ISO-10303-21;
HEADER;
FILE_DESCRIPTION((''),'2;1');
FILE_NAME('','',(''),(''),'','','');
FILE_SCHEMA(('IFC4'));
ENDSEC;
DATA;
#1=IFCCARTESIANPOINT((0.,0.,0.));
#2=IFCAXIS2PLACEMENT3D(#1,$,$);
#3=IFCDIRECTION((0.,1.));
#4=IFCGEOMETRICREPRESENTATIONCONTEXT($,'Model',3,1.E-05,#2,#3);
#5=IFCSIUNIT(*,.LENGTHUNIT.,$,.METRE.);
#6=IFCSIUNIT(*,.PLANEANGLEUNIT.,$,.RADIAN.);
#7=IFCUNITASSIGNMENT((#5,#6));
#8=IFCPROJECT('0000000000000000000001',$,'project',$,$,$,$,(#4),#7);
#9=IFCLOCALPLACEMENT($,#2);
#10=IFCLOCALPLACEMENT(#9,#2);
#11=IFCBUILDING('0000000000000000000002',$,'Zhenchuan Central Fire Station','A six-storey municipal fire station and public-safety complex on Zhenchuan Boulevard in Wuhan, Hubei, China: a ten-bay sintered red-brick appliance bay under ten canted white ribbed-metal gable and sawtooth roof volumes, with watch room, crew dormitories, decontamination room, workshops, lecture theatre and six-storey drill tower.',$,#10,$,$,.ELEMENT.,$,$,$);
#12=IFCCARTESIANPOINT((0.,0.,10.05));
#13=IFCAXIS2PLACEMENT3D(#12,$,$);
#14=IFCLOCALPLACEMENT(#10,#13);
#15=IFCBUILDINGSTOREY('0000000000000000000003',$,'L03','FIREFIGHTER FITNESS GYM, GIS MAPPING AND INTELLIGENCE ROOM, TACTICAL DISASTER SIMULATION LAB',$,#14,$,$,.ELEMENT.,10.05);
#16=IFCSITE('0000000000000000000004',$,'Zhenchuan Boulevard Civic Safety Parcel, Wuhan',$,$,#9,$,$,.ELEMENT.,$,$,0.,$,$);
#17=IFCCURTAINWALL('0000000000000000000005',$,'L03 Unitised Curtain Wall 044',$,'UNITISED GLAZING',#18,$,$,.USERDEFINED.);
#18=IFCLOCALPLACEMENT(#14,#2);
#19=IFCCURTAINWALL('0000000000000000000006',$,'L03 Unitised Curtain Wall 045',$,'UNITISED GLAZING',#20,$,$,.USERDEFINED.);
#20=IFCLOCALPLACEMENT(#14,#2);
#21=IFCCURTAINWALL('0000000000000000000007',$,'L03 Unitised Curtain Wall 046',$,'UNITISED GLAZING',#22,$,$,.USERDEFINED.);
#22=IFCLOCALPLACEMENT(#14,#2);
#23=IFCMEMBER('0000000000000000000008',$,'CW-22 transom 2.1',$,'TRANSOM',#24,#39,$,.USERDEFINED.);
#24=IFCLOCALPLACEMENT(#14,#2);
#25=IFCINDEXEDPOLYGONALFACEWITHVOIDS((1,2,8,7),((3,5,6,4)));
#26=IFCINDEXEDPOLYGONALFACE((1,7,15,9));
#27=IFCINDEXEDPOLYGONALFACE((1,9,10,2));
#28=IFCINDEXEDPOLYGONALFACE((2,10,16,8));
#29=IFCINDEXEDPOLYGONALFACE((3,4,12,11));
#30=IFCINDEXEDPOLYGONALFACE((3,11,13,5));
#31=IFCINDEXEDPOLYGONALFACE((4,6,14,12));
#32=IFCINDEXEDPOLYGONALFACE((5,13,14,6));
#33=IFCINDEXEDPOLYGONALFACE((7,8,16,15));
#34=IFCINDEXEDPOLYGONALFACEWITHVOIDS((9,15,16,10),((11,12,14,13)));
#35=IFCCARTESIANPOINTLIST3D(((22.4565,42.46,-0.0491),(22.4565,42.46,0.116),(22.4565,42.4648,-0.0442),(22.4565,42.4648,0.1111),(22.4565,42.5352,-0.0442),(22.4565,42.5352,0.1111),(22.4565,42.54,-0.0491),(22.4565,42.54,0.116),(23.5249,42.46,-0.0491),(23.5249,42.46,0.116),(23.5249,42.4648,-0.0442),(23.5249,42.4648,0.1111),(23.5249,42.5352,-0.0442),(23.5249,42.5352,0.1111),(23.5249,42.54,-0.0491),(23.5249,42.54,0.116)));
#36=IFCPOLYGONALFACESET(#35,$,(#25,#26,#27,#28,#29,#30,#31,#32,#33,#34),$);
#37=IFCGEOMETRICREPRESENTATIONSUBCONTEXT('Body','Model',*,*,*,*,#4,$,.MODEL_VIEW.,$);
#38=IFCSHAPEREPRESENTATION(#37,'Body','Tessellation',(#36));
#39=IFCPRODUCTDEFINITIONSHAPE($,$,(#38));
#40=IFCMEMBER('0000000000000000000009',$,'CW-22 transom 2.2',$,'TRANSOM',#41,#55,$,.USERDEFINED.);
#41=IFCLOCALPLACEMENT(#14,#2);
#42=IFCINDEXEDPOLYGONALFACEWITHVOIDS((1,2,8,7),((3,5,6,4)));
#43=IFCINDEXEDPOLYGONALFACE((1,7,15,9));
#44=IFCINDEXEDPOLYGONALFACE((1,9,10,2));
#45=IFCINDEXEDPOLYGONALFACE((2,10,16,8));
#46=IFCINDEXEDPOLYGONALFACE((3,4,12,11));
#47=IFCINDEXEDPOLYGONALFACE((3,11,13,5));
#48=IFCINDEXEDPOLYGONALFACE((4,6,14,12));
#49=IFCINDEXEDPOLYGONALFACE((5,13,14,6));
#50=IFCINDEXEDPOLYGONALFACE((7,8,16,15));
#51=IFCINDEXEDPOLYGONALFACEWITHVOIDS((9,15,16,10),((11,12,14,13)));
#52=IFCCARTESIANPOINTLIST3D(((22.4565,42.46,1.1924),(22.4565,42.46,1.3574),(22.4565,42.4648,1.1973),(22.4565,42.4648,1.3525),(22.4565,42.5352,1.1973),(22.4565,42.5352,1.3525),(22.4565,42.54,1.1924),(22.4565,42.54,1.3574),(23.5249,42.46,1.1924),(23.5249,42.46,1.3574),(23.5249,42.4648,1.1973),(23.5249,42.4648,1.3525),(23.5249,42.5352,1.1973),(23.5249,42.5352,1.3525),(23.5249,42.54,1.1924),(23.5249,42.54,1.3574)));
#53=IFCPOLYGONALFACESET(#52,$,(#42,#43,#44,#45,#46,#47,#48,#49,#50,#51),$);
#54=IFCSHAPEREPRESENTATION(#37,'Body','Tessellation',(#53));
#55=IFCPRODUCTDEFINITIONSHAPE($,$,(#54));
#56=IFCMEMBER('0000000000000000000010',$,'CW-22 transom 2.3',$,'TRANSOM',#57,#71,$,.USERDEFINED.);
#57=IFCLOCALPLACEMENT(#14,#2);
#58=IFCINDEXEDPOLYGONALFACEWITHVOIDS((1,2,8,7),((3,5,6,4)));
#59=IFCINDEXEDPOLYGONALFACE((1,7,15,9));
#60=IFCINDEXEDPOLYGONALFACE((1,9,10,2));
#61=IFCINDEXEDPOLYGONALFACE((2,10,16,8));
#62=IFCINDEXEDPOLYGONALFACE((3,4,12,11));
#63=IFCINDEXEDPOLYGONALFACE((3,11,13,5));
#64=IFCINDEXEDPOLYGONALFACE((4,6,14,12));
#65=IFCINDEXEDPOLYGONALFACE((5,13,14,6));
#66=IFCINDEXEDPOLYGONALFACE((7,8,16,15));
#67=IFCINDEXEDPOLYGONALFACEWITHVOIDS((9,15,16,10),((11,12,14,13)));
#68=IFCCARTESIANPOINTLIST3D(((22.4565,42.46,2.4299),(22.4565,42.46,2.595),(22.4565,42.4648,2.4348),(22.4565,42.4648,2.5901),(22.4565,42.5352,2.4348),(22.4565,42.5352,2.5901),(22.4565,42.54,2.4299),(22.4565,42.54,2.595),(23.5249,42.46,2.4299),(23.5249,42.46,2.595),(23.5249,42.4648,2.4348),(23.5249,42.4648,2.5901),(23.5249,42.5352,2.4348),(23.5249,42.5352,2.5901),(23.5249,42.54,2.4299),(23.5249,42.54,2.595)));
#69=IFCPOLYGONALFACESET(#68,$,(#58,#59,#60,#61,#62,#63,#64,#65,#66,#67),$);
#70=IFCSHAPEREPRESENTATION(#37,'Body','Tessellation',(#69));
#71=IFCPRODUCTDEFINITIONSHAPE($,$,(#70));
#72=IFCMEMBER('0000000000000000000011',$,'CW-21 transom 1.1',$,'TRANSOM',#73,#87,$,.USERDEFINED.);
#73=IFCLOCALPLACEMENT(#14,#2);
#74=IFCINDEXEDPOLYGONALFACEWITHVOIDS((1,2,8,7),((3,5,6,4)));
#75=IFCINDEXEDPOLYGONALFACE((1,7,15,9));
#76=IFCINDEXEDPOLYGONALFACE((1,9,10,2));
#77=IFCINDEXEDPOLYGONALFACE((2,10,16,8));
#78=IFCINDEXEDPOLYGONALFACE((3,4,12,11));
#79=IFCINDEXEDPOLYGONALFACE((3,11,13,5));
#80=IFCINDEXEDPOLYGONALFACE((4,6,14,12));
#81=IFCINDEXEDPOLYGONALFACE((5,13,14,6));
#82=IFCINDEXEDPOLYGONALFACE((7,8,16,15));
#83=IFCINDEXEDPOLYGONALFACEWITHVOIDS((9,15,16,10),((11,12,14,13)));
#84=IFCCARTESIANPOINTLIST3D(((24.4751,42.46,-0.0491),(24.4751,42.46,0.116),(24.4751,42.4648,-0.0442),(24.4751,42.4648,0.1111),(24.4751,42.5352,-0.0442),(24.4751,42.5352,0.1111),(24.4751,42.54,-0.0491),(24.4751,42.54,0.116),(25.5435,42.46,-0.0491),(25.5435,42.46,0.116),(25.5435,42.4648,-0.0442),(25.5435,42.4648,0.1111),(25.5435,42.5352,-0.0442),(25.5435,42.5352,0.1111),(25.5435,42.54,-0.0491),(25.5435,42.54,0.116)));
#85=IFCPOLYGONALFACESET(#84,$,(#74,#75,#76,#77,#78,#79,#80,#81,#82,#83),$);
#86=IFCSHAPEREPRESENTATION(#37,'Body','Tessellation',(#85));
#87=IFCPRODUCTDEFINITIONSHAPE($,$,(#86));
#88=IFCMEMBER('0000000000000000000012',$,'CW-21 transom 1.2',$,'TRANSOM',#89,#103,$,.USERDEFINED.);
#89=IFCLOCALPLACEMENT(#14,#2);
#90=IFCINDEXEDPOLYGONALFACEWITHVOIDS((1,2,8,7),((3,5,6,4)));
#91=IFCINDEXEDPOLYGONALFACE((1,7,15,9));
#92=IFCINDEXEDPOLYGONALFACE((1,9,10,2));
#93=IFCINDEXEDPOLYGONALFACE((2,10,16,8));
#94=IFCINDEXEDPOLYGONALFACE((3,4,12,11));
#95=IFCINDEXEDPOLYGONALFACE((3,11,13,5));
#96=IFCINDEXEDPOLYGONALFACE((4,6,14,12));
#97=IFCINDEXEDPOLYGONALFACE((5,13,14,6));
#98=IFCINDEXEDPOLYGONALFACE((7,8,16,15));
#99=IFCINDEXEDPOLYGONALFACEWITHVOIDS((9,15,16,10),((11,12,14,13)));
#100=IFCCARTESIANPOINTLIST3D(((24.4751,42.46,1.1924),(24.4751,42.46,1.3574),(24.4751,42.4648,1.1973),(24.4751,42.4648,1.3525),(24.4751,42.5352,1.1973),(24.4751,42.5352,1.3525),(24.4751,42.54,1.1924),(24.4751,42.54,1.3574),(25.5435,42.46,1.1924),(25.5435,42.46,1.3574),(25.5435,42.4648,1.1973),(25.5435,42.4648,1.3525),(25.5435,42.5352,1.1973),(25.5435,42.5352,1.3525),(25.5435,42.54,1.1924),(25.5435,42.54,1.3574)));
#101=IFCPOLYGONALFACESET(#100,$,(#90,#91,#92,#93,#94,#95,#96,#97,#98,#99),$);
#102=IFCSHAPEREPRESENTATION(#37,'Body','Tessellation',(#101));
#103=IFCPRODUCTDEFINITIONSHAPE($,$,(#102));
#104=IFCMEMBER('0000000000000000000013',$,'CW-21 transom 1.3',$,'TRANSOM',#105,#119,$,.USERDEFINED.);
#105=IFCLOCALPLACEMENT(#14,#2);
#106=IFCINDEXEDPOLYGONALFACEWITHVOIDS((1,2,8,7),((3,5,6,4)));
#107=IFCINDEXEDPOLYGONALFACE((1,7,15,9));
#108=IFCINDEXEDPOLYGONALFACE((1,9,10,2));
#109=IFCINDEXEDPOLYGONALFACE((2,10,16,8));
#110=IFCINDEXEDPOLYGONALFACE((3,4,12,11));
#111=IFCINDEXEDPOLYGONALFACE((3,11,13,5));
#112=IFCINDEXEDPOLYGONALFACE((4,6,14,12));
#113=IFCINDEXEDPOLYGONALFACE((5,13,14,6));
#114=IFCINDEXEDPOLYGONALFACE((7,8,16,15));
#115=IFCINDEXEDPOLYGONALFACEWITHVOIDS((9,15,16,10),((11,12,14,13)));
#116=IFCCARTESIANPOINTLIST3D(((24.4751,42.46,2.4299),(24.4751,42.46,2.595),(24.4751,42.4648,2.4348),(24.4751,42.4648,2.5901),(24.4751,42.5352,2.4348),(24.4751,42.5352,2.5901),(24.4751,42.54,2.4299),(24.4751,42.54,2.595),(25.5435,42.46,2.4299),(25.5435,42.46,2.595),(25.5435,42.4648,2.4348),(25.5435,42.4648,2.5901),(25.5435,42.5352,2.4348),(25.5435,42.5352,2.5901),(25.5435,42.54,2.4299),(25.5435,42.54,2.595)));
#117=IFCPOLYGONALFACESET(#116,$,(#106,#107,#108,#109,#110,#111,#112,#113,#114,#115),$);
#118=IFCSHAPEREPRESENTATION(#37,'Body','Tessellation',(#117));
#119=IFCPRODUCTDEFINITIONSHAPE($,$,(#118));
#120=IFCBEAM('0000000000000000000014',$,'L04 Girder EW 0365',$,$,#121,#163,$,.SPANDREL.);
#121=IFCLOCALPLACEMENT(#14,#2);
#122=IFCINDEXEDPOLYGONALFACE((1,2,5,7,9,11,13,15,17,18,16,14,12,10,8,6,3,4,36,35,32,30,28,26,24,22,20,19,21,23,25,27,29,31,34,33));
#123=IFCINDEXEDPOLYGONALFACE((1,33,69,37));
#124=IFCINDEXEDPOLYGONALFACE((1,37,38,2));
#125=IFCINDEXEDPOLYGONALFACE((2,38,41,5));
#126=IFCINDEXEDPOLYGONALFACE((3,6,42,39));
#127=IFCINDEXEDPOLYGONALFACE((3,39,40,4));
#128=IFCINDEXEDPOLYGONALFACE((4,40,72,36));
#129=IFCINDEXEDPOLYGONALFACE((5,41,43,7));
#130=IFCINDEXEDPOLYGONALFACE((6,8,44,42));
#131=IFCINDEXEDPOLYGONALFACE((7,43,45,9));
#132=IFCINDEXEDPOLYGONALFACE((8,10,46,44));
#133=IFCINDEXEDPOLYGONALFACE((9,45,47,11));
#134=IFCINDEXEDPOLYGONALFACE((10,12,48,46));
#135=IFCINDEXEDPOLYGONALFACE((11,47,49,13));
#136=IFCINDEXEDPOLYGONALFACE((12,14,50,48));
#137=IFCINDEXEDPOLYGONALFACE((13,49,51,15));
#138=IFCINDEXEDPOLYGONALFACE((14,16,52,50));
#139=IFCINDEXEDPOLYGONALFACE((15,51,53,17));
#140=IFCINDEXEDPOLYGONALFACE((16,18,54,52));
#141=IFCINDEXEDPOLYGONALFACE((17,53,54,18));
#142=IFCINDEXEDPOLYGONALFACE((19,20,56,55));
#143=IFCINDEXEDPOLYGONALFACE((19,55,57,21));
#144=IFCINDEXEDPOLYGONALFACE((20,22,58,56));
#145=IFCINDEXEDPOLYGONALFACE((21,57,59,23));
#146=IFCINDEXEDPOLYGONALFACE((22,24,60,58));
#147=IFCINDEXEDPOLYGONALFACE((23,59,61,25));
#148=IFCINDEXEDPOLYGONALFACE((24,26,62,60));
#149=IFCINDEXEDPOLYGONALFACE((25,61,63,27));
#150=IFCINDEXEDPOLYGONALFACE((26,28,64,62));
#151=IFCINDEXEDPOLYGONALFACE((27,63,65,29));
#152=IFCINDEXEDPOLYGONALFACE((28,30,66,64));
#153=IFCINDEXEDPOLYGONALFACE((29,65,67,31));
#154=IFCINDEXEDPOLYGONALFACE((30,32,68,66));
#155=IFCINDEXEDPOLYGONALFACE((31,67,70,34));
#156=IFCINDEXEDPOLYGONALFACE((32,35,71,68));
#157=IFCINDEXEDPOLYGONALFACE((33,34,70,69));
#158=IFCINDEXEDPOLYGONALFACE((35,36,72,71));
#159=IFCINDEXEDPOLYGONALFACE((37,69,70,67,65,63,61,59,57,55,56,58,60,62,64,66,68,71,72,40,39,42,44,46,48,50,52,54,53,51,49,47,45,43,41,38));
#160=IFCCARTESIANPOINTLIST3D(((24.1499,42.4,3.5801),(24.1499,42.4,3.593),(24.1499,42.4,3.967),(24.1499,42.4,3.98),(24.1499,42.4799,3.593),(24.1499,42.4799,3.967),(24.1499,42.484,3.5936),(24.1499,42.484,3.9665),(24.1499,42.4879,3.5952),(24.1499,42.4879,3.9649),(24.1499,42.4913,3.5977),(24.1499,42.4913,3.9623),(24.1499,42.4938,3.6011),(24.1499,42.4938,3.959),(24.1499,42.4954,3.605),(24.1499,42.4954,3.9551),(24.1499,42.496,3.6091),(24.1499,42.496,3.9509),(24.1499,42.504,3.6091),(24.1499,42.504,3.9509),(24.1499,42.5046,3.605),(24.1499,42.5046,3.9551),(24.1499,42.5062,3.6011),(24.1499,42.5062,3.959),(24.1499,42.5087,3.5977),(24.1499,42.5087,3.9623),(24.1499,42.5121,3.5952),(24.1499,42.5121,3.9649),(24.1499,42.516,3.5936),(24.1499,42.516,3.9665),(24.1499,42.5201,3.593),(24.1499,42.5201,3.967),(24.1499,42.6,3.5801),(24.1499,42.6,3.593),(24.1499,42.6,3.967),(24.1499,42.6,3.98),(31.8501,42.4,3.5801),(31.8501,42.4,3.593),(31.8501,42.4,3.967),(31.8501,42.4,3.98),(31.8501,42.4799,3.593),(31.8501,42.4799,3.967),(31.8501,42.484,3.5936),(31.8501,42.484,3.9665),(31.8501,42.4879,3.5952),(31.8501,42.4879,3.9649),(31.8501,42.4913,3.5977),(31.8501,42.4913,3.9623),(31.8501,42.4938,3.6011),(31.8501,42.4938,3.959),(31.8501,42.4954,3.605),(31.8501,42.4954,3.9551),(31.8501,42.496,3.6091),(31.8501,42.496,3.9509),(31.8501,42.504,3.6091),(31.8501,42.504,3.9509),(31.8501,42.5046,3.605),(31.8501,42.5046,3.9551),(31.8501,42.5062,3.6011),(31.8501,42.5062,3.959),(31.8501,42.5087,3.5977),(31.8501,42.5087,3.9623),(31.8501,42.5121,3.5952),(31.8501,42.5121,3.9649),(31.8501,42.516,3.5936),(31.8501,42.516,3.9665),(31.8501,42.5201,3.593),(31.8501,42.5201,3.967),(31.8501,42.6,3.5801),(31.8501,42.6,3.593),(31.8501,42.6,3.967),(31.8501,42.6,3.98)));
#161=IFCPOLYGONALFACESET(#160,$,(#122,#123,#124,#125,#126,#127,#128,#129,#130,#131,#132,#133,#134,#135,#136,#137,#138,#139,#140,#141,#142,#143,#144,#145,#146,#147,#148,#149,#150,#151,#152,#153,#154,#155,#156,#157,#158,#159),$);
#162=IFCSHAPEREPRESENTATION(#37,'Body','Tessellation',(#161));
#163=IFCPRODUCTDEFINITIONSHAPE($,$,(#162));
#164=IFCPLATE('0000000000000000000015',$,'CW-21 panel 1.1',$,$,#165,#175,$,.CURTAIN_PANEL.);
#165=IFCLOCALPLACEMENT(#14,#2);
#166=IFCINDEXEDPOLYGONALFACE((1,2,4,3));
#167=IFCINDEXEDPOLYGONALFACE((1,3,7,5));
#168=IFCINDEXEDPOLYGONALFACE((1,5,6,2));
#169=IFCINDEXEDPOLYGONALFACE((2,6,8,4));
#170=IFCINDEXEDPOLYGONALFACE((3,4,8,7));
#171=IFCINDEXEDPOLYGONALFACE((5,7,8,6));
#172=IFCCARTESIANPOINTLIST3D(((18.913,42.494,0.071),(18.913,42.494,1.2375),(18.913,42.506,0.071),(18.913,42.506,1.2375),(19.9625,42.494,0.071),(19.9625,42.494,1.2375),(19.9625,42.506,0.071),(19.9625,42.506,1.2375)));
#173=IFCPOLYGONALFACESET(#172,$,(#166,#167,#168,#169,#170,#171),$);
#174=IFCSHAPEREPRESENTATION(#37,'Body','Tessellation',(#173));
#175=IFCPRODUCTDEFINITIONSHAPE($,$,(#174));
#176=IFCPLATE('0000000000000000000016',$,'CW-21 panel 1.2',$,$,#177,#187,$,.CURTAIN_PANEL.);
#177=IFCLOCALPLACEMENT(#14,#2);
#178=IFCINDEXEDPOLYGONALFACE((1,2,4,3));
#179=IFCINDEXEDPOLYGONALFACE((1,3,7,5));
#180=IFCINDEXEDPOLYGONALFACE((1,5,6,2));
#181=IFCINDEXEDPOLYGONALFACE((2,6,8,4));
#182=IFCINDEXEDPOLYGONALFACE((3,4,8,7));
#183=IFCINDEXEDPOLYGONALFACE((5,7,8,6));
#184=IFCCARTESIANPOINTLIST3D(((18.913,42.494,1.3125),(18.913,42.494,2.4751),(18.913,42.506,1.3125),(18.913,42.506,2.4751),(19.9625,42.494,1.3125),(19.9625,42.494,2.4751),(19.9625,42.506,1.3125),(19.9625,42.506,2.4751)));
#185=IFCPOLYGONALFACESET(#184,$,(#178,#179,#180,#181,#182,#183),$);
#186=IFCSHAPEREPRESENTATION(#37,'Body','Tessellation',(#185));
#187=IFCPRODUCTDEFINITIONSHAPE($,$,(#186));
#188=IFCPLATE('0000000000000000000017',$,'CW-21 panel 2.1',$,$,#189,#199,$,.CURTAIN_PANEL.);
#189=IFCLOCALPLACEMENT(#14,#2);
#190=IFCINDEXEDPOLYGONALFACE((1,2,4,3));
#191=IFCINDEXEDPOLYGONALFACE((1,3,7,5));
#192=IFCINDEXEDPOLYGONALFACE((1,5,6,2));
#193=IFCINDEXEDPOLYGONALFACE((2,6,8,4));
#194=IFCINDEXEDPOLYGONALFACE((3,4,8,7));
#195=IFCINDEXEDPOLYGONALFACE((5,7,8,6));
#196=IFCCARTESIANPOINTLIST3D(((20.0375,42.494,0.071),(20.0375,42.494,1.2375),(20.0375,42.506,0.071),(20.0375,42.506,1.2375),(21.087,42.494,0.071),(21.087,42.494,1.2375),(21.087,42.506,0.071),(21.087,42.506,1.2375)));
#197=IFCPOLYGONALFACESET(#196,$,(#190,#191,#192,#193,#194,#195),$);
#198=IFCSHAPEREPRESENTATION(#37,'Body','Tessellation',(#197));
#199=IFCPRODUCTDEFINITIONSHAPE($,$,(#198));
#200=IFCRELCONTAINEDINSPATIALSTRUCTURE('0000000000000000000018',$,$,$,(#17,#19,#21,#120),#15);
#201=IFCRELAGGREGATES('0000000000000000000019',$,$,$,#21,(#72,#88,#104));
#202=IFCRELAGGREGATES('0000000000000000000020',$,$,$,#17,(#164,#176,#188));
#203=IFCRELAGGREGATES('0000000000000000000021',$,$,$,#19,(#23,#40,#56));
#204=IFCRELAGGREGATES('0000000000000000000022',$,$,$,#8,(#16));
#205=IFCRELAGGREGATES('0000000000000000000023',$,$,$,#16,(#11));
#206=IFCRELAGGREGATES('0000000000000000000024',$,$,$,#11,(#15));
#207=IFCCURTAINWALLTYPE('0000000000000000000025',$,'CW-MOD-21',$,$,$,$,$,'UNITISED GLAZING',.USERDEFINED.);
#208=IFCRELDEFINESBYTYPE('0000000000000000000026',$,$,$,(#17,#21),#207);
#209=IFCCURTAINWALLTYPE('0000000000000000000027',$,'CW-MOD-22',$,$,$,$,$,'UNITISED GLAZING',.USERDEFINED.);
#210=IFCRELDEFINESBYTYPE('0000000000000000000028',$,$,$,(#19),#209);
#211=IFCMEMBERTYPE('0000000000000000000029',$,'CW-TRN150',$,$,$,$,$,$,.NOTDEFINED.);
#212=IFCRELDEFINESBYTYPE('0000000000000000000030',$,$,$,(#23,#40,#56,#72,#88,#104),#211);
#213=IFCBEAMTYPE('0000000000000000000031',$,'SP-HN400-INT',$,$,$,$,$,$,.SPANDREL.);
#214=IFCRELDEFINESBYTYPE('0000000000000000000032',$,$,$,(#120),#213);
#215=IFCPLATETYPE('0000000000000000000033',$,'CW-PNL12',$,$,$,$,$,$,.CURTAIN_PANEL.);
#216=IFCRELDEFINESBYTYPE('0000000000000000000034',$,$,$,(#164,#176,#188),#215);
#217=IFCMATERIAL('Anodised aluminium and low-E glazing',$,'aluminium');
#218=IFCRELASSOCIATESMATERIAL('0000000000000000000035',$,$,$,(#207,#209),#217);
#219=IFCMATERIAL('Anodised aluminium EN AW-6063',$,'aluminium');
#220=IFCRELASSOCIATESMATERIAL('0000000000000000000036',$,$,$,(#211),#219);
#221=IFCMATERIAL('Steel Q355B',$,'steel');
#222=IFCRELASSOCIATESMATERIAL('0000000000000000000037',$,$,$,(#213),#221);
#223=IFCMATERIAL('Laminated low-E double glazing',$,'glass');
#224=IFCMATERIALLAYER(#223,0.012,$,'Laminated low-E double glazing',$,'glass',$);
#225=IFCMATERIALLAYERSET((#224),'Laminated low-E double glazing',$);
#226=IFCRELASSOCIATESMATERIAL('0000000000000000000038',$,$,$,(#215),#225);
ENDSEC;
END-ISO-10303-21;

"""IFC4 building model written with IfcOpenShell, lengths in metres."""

from ifc_helpers import new_model, si_unit, direction, frame, origin, origin_2d, place, context, subcontext, project, spatial, rectangle, hollow_rectangle, i_section, extrude, material, layer, layer_set, material_profile, profile_set, type_object, element, aggregate, save


model = new_model("IFC4")

# Units and contexts
model_context = context("Model", 3, precision=1e-05, world=origin(), true_north=direction((0.0, 1.0)))
body_context = subcontext(model_context, "Body", "Model", "MODEL_VIEW")
ifc_project = project(units=[si_unit("LENGTHUNIT", "METRE"), si_unit("PLANEANGLEUNIT", "RADIAN")], contexts=[model_context])

# Site, building, storey
site_placement = place(None, origin())
site = spatial("IfcSite", under=ifc_project, at=site_placement, Name="Zhenchuan Boulevard Civic Safety Parcel, Wuhan", CompositionType="ELEMENT", RefElevation=0.0)
building_placement = place(site_placement, origin())
building = spatial("IfcBuilding", under=site, at=building_placement, Name="Zhenchuan Central Fire Station", Description="A six-storey municipal fire station and public-safety complex on Zhenchuan Boulevard in Wuhan, Hubei, China: a ten-bay sintered red-brick appliance bay under ten canted white ribbed-metal gable and sawtooth roof volumes, with watch room, crew dormitories, decontamination room, workshops, lecture theatre and six-storey drill tower.", CompositionType="ELEMENT")
storey_placement = place(building_placement, frame((0.0, 0.0, 10.05)))
storey = spatial("IfcBuildingStorey", under=building, at=storey_placement, Name="L03", Description="FIREFIGHTER FITNESS GYM, GIS MAPPING AND INTELLIGENCE ROOM, TACTICAL DISASTER SIMULATION LAB", CompositionType="ELEMENT", Elevation=10.05)

# Shared definitions
ifc_material_1 = material(Name="Steel Q355B", Category="steel")

# Curtain walls
ifc_material_2 = material(Name="Anodised aluminium and low-E glazing", Category="aluminium")
curtain_wall_type_1 = type_object("IfcCurtainWallType", Name="CW-MOD-21", ElementType="UNITISED GLAZING", PredefinedType="USERDEFINED", material=ifc_material_2)
curtain_wall_1_placement = place(storey_placement, origin())
curtain_wall_1 = element("IfcCurtainWall", 1, at=curtain_wall_1_placement, inside=storey, type_object=curtain_wall_type_1, Name="L03 Unitised Curtain Wall 044", ObjectType="UNITISED GLAZING", PredefinedType="USERDEFINED")
ifc_material_3 = material(Name="Anodised aluminium EN AW-6063", Category="aluminium")
curtain_wall_type_2 = type_object("IfcCurtainWallType", Name="CW-MOD-22", ElementType="UNITISED GLAZING", PredefinedType="USERDEFINED", material=ifc_material_2)
curtain_wall_2_placement = place(storey_placement, origin())
curtain_wall_2 = element("IfcCurtainWall", 2, at=curtain_wall_2_placement, inside=storey, type_object=curtain_wall_type_2, Name="L03 Unitised Curtain Wall 045", ObjectType="UNITISED GLAZING", PredefinedType="USERDEFINED")

# Curtain wall
curtain_wall_3_placement = place(storey_placement, origin())
curtain_wall_3 = element("IfcCurtainWall", 3, at=curtain_wall_3_placement, inside=storey, type_object=curtain_wall_type_1, Name="L03 Unitised Curtain Wall 046", ObjectType="UNITISED GLAZING", PredefinedType="USERDEFINED")

# Members
ifc_material_profile_1 = material_profile(ifc_material_3, hollow_rectangle(XDim=0.0801, YDim=0.165, WallThickness=0.0049, at=origin_2d()), Name="ALU-T 165x80")
ifc_profile_set_1 = profile_set([ifc_material_profile_1], Name="Anodised aluminium EN AW-6063")
member_type_1 = type_object("IfcMemberType", Name="CW-TRN150", PredefinedType="NOTDEFINED", material=ifc_profile_set_1)
member_1_placement = place(storey_placement, frame((22.4565, 42.5, 0.0334), z_axis=(1.0, 0.0, 0.0), x_axis=(0.0, 1.0, 0.0)))
member_1 = element("IfcMember", 4, at=member_1_placement, type_object=member_type_1, Name="CW-22 transom 2.1", ObjectType="TRANSOM", PredefinedType="USERDEFINED", context=body_context, shape_type="SweptSolid", body=[
    extrude(hollow_rectangle(XDim=0.0801, YDim=0.165, WallThickness=0.0049, at=origin_2d()), origin(), (0.0, 0.0, 1.0), 1.0684),
])
member_2_placement = place(storey_placement, frame((22.4565, 42.5, 1.2749), z_axis=(1.0, 0.0, 0.0), x_axis=(0.0, 1.0, 0.0)))
member_2 = element("IfcMember", 5, at=member_2_placement, type_object=member_type_1, Name="CW-22 transom 2.2", ObjectType="TRANSOM", PredefinedType="USERDEFINED", context=body_context, shape_type="SweptSolid", body=[
    extrude(hollow_rectangle(XDim=0.0801, YDim=0.165, WallThickness=0.0049, at=origin_2d()), origin(), (0.0, 0.0, 1.0), 1.0684),
])
member_3_placement = place(storey_placement, frame((22.4565, 42.5, 2.5125), z_axis=(1.0, 0.0, 0.0), x_axis=(0.0, 1.0, 0.0)))
member_3 = element("IfcMember", 6, at=member_3_placement, type_object=member_type_1, Name="CW-22 transom 2.3", ObjectType="TRANSOM", PredefinedType="USERDEFINED", context=body_context, shape_type="SweptSolid", body=[
    extrude(hollow_rectangle(XDim=0.0801, YDim=0.165, WallThickness=0.0049, at=origin_2d()), origin(), (0.0, 0.0, 1.0), 1.0684),
])
member_4_placement = place(storey_placement, frame((24.4751, 42.5, 0.0334), z_axis=(1.0, 0.0, 0.0), x_axis=(0.0, 1.0, 0.0)))
member_4 = element("IfcMember", 7, at=member_4_placement, type_object=member_type_1, Name="CW-21 transom 1.1", ObjectType="TRANSOM", PredefinedType="USERDEFINED", context=body_context, shape_type="SweptSolid", body=[
    extrude(hollow_rectangle(XDim=0.0801, YDim=0.165, WallThickness=0.0049, at=origin_2d()), origin(), (0.0, 0.0, 1.0), 1.0684),
])
member_5_placement = place(storey_placement, frame((24.4751, 42.5, 1.2749), z_axis=(1.0, 0.0, 0.0), x_axis=(0.0, 1.0, 0.0)))
member_5 = element("IfcMember", 8, at=member_5_placement, type_object=member_type_1, Name="CW-21 transom 1.2", ObjectType="TRANSOM", PredefinedType="USERDEFINED", context=body_context, shape_type="SweptSolid", body=[
    extrude(hollow_rectangle(XDim=0.0801, YDim=0.165, WallThickness=0.0049, at=origin_2d()), origin(), (0.0, 0.0, 1.0), 1.0684),
])
member_6_placement = place(storey_placement, frame((24.4751, 42.5, 2.5125), z_axis=(1.0, 0.0, 0.0), x_axis=(0.0, 1.0, 0.0)))
member_6 = element("IfcMember", 9, at=member_6_placement, type_object=member_type_1, Name="CW-21 transom 1.3", ObjectType="TRANSOM", PredefinedType="USERDEFINED", context=body_context, shape_type="SweptSolid", body=[
    extrude(hollow_rectangle(XDim=0.0801, YDim=0.165, WallThickness=0.0049, at=origin_2d()), origin(), (0.0, 0.0, 1.0), 1.0684),
])
aggregate(curtain_wall_3, [member_4, member_5, member_6])

# Beam
ifc_material_profile_2 = material_profile(ifc_material_1, i_section(OverallWidth=0.2, OverallDepth=0.3999, WebThickness=0.0081, FlangeThickness=0.0129, FilletRadius=0.0161, at=origin_2d()), Name="HN 400x200")
ifc_profile_set_2 = profile_set([ifc_material_profile_2], Name="Steel Q355B")
beam_type_1 = type_object("IfcBeamType", Name="SP-HN400-INT", PredefinedType="SPANDREL", material=ifc_profile_set_2)
beam_1_placement = place(storey_placement, frame((24.1499, 42.5, 3.78), z_axis=(1.0, 0.0, 0.0), x_axis=(0.0, 1.0, 0.0)))
element("IfcBeam", 10, at=beam_1_placement, inside=storey, type_object=beam_type_1, Name="L04 Girder EW 0365", PredefinedType="SPANDREL", context=body_context, shape_type="SweptSolid", body=[
    extrude(i_section(OverallWidth=0.2, OverallDepth=0.3999, WebThickness=0.0081, FlangeThickness=0.0129, FilletRadius=0.0161, at=origin_2d()), origin(), (0.0, 0.0, 1.0), 7.7002),
])

# Plates
ifc_material_4 = material(Name="Laminated low-E double glazing", Category="glass")
ifc_layer = layer(ifc_material_4, 0.012, Name="Laminated low-E double glazing", Category="glass")
ifc_layer_set = layer_set([ifc_layer], Name="Laminated low-E double glazing")
plate_type = type_object("IfcPlateType", Name="CW-PNL12", PredefinedType="CURTAIN_PANEL", material=ifc_layer_set)
plate_1_placement = place(storey_placement, frame((19.4377, 42.5, 0.071), z_axis=(0.0, 0.0, 1.0), x_axis=(1.0, 0.0, 0.0)))
plate_1 = element("IfcPlate", 11, at=plate_1_placement, type_object=plate_type, Name="CW-21 panel 1.1", PredefinedType="CURTAIN_PANEL", context=body_context, shape_type="SweptSolid", body=[
    extrude(rectangle(XDim=1.0496, YDim=0.012, at=origin_2d()), origin(), (0.0, 0.0, 1.0), 1.1665),
])
plate_2_placement = place(storey_placement, frame((19.4377, 42.5, 1.3125), z_axis=(0.0, 0.0, 1.0), x_axis=(1.0, 0.0, 0.0)))
plate_2 = element("IfcPlate", 12, at=plate_2_placement, type_object=plate_type, Name="CW-21 panel 1.2", PredefinedType="CURTAIN_PANEL", context=body_context, shape_type="SweptSolid", body=[
    extrude(rectangle(XDim=1.0496, YDim=0.012, at=origin_2d()), origin(), (0.0, 0.0, 1.0), 1.1626),
])
plate_3_placement = place(storey_placement, frame((20.5623, 42.5, 0.071), z_axis=(0.0, 0.0, 1.0), x_axis=(1.0, 0.0, 0.0)))
plate_3 = element("IfcPlate", 13, at=plate_3_placement, type_object=plate_type, Name="CW-21 panel 2.1", PredefinedType="CURTAIN_PANEL", context=body_context, shape_type="SweptSolid", body=[
    extrude(rectangle(XDim=1.0496, YDim=0.012, at=origin_2d()), origin(), (0.0, 0.0, 1.0), 1.1665),
])
aggregate(curtain_wall_1, [plate_1, plate_2, plate_3])
aggregate(curtain_wall_2, [member_1, member_2, member_3])

save(model, "model.ifc")
